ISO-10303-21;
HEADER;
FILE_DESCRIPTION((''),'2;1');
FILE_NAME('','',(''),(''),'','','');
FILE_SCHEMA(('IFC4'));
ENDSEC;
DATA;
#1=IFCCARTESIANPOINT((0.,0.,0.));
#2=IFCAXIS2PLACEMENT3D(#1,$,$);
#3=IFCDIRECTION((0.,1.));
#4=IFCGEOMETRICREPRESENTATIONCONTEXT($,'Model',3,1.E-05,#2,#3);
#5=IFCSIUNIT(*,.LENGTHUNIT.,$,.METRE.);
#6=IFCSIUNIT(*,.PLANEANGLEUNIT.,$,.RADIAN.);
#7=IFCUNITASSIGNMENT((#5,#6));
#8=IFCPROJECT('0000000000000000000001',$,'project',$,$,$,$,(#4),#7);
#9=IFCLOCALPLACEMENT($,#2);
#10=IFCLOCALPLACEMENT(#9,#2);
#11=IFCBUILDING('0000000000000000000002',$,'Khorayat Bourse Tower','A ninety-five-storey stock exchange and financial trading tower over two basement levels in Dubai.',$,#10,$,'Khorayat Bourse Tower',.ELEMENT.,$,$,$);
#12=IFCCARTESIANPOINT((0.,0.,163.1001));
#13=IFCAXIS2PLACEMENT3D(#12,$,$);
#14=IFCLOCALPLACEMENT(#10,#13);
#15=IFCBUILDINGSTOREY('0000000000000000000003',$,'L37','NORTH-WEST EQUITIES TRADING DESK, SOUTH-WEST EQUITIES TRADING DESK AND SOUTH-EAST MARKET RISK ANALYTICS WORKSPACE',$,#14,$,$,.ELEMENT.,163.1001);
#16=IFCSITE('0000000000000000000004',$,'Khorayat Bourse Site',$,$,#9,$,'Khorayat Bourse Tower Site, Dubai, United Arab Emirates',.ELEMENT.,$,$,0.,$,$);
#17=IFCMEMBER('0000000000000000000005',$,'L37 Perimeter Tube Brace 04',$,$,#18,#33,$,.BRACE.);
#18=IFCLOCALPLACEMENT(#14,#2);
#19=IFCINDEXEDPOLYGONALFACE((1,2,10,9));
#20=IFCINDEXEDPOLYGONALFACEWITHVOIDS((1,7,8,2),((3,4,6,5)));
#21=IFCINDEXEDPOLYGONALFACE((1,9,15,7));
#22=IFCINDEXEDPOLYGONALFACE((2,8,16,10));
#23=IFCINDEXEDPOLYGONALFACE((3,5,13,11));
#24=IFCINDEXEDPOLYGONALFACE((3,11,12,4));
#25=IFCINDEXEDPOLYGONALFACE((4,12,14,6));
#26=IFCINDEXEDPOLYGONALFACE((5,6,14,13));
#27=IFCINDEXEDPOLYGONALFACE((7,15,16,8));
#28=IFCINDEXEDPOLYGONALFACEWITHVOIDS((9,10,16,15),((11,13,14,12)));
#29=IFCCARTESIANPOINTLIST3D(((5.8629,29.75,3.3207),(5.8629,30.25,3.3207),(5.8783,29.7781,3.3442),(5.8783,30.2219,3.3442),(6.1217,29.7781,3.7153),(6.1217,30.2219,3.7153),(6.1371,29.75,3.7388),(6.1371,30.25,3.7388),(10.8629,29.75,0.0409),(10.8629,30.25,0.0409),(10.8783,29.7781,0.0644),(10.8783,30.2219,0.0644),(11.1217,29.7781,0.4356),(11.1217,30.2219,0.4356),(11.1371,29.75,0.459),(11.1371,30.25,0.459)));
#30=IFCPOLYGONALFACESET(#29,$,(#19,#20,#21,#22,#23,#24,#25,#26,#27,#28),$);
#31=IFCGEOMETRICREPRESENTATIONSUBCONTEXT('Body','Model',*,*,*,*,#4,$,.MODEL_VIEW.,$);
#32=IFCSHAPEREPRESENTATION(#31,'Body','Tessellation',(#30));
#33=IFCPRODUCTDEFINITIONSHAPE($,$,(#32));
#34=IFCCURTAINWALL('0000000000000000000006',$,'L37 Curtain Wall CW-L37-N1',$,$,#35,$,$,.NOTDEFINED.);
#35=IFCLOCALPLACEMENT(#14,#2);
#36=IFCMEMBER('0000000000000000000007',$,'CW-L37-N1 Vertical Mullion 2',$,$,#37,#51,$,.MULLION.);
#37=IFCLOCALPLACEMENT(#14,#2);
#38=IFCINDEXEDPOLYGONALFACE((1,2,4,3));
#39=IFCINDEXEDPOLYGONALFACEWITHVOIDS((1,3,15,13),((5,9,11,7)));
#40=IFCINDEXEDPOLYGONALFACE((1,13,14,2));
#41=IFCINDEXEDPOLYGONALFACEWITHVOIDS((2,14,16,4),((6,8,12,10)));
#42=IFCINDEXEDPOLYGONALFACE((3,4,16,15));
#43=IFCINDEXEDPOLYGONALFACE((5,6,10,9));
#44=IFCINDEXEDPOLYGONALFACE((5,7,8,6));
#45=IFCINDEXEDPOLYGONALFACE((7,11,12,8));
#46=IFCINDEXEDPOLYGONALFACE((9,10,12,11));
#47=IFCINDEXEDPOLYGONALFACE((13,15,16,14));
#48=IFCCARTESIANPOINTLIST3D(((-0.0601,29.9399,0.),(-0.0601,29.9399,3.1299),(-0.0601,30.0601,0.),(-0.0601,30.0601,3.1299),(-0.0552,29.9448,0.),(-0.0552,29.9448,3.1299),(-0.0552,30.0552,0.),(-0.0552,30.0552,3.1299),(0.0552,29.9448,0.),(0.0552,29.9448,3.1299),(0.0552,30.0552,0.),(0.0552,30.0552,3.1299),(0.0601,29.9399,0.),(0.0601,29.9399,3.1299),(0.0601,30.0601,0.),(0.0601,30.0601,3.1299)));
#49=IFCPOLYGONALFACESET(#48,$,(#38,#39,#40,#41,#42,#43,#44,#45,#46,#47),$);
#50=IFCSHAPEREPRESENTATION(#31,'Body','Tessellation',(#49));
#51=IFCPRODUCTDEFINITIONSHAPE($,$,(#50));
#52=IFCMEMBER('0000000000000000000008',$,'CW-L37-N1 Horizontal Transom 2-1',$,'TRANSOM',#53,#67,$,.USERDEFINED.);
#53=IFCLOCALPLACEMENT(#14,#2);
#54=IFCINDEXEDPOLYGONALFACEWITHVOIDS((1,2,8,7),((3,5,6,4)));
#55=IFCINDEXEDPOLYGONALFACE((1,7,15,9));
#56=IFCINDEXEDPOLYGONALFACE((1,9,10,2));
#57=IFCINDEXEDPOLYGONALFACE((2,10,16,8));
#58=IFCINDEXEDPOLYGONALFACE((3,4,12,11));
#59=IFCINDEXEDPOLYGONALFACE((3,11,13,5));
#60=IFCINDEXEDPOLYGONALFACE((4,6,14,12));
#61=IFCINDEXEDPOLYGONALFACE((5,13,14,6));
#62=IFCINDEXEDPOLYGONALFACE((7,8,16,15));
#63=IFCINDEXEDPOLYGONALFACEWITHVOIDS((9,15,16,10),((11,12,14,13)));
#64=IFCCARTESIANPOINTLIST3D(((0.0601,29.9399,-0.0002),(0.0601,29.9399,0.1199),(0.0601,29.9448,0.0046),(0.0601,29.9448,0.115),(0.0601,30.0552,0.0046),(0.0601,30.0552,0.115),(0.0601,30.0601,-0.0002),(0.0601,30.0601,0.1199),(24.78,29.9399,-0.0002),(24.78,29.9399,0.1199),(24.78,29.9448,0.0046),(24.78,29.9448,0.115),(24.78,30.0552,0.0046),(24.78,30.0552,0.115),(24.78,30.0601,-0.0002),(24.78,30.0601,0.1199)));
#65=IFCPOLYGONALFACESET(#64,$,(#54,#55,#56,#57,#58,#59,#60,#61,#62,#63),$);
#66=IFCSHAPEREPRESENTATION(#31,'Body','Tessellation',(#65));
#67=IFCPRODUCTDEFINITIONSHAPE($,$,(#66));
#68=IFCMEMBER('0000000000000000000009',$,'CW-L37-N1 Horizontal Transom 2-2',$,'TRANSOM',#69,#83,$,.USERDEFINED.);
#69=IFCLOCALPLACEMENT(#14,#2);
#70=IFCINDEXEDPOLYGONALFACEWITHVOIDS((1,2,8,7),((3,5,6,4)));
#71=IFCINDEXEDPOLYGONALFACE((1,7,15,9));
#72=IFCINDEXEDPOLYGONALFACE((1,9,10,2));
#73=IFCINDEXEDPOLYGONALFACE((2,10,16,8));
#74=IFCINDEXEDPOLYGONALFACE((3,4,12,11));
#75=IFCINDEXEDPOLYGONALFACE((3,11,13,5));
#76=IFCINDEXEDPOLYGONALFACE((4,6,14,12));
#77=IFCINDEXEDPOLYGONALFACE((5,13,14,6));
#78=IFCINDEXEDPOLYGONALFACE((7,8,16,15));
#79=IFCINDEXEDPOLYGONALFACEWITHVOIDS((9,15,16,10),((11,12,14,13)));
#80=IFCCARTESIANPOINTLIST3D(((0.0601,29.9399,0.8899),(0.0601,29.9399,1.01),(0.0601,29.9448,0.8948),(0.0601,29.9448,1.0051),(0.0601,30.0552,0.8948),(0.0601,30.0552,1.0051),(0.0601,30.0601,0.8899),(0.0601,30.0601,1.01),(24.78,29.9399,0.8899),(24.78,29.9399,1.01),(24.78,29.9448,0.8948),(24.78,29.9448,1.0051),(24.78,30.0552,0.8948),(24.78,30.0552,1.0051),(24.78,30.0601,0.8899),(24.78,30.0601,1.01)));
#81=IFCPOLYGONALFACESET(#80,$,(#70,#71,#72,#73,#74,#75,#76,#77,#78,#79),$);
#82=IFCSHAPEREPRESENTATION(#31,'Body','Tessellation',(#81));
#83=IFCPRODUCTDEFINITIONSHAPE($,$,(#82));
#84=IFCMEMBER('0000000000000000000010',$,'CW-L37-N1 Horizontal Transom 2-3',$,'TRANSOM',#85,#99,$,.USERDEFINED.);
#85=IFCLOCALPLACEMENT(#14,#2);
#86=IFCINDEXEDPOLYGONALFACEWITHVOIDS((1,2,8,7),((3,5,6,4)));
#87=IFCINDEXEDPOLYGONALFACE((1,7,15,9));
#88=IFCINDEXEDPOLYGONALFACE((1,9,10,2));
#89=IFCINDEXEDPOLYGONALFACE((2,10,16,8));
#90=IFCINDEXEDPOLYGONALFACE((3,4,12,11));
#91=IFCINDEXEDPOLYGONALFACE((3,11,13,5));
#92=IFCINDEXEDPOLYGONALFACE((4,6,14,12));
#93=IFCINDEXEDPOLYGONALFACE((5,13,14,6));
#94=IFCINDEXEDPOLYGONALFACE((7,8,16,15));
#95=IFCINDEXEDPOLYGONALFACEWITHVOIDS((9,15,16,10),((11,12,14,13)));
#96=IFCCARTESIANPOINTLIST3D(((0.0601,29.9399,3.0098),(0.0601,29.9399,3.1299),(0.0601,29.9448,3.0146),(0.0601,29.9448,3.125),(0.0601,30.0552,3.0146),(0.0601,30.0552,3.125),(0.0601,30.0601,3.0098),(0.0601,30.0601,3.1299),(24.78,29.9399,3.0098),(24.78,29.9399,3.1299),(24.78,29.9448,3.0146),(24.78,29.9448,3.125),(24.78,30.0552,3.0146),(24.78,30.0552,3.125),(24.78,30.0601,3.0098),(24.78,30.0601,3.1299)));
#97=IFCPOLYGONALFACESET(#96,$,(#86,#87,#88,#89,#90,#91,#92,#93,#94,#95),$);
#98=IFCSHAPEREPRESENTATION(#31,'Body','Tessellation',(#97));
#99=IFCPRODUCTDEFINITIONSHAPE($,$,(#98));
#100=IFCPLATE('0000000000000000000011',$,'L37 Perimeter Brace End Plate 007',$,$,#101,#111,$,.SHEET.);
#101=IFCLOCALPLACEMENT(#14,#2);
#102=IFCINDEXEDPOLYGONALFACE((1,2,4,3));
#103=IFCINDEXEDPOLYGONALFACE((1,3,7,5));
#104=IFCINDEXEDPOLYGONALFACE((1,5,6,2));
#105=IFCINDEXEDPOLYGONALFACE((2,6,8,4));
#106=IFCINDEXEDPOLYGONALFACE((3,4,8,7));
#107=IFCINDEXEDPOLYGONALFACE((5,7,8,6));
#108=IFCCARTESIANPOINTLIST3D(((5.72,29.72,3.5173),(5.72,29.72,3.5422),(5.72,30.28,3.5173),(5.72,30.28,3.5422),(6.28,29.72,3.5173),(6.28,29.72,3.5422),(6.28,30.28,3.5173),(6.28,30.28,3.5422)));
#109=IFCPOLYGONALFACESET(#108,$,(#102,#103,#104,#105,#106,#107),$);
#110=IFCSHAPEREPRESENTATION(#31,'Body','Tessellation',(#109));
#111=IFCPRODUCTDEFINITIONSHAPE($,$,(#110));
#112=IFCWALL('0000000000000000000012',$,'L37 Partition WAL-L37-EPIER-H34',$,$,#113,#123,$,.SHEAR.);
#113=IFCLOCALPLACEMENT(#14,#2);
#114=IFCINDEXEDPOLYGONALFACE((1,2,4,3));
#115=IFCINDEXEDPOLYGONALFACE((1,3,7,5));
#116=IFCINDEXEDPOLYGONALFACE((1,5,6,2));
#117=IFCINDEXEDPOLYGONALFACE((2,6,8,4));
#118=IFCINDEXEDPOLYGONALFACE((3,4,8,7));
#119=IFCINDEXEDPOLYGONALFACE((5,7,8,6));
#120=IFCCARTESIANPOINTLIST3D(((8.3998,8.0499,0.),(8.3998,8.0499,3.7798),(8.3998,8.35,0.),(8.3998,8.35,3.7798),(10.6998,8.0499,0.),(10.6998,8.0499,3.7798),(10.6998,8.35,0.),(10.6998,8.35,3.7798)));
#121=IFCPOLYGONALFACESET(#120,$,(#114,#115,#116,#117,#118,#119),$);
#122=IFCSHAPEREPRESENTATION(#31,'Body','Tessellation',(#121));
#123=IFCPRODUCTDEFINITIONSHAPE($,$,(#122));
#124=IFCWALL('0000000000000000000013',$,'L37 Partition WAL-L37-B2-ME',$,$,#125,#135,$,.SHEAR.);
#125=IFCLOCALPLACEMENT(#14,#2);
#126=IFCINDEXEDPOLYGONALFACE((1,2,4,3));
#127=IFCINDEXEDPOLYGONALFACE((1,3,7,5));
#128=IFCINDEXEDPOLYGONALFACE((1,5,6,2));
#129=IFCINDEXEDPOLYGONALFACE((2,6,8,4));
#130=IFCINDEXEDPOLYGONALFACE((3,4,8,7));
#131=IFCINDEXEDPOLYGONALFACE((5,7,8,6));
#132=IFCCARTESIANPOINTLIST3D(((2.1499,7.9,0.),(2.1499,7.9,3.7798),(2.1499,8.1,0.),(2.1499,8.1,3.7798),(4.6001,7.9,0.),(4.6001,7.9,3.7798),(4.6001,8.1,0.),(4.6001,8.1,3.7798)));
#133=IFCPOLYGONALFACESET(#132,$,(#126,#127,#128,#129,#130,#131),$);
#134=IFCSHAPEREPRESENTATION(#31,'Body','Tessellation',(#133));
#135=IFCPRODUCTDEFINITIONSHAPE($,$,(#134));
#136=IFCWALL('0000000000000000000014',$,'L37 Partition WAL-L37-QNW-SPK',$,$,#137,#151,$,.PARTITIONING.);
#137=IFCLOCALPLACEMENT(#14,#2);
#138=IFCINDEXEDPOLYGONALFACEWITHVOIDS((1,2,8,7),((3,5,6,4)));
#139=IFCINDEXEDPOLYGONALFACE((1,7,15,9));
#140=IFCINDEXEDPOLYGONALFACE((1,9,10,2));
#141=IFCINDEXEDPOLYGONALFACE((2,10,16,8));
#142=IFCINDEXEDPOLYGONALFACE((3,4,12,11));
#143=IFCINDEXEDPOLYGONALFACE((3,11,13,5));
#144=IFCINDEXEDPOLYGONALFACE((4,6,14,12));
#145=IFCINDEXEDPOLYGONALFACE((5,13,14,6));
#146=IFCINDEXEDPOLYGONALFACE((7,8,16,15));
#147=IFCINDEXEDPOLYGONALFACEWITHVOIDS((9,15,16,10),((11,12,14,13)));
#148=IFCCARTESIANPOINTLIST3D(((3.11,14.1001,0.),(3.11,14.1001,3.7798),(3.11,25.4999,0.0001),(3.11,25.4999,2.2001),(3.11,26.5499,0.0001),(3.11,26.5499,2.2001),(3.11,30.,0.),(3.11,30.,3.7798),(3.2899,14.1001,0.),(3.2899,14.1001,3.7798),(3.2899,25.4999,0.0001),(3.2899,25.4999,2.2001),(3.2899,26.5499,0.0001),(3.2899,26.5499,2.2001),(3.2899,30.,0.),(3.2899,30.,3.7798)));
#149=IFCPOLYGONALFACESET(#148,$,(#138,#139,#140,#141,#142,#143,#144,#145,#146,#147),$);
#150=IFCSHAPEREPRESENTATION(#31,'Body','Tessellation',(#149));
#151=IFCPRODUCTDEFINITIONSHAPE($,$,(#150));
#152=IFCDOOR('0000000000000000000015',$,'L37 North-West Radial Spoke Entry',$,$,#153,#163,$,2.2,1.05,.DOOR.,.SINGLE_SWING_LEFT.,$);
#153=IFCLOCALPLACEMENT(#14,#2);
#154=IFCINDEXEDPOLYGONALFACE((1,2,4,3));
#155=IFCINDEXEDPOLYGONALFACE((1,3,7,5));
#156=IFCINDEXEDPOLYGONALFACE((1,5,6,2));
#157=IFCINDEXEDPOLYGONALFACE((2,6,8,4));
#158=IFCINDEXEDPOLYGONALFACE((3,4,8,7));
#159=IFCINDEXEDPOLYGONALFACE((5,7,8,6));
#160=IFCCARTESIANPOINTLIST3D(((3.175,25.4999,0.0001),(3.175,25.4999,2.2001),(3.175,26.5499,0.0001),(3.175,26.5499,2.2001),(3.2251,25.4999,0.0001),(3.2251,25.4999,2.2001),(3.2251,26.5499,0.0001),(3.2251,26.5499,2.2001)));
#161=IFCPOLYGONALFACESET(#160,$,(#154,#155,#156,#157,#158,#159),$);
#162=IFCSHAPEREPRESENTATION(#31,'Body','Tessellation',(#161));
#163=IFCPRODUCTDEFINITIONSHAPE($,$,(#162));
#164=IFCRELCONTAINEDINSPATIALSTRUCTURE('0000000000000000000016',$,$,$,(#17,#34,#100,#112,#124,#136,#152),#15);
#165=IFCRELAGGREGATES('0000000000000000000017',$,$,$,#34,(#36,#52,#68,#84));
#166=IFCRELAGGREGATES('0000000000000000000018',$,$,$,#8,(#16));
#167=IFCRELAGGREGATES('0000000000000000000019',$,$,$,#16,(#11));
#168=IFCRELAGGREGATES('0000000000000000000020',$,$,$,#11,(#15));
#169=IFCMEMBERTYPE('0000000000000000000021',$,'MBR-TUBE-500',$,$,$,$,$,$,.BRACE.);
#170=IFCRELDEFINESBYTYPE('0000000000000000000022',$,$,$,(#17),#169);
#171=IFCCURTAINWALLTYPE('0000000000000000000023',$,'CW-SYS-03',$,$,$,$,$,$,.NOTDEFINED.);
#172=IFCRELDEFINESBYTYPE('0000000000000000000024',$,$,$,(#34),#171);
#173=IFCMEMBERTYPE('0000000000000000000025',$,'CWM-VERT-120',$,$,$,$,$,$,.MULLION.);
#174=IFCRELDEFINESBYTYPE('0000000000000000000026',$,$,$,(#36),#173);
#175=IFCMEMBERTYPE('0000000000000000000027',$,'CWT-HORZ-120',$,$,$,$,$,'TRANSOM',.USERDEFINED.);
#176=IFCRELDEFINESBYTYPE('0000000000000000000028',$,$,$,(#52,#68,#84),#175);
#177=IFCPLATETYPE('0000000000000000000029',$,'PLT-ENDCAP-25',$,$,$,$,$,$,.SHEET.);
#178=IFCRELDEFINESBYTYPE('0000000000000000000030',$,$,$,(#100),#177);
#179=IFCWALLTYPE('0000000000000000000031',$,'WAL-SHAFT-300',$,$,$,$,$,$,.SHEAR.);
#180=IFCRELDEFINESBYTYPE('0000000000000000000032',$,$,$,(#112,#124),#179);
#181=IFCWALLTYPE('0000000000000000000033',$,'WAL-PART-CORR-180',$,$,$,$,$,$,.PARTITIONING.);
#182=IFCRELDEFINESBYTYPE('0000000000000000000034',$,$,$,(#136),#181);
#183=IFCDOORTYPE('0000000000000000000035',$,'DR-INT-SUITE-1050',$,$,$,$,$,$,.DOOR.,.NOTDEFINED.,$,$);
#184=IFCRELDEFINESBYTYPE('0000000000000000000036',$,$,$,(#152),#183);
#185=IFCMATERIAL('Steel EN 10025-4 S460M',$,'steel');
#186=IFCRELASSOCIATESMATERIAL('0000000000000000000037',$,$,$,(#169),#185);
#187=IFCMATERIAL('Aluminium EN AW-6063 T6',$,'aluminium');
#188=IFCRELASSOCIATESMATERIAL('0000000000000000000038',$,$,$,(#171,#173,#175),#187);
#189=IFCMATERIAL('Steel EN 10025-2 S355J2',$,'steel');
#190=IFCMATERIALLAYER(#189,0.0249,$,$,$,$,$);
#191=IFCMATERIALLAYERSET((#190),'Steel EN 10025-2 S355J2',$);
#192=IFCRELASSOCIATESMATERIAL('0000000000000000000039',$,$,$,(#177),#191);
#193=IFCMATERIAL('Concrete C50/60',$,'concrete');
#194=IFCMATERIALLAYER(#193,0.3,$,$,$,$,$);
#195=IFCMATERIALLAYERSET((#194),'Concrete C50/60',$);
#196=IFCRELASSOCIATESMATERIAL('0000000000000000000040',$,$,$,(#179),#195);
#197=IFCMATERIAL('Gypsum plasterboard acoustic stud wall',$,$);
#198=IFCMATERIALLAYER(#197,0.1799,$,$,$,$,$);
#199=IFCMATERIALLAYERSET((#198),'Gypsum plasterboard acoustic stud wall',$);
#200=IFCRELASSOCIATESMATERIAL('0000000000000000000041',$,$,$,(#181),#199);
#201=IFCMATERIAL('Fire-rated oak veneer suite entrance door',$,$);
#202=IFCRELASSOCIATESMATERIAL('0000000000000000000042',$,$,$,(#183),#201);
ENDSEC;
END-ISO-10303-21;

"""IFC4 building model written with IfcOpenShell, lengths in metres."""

from ifc_helpers import new_model, si_unit, direction, frame, frame_2d, origin, origin_2d, place, context, subcontext, project, spatial, rectangle, hollow_rectangle, extrude, source, transform, mapped, material, layer, layer_set, material_profile, profile_set, type_object, element, fill, aggregate, save


model = new_model("IFC4")

# Units and contexts
model_context = context("Model", 3, precision=1e-05, world=origin(), true_north=direction((0.0, 1.0)))
body_context = subcontext(model_context, "Body", "Model", "MODEL_VIEW")
ifc_project = project(units=[si_unit("LENGTHUNIT", "METRE"), si_unit("PLANEANGLEUNIT", "RADIAN")], contexts=[model_context])

# Site, building, storey
site_placement = place(None, origin())
site = spatial("IfcSite", under=ifc_project, at=site_placement, Name="Khorayat Bourse Site", LongName="Khorayat Bourse Tower Site, Dubai, United Arab Emirates", CompositionType="ELEMENT", RefElevation=0.0)
building_placement = place(site_placement, origin())
building = spatial("IfcBuilding", under=site, at=building_placement, Name="Khorayat Bourse Tower", Description="A ninety-five-storey stock exchange and financial trading tower over two basement levels in Dubai.", LongName="Khorayat Bourse Tower", CompositionType="ELEMENT")
storey_placement = place(building_placement, frame((0.0, 0.0, 163.1001)))
storey = spatial("IfcBuildingStorey", under=building, at=storey_placement, Name="L37", Description="NORTH-WEST EQUITIES TRADING DESK, SOUTH-WEST EQUITIES TRADING DESK AND SOUTH-EAST MARKET RISK ANALYTICS WORKSPACE", CompositionType="ELEMENT", Elevation=163.1001)

# Shared definitions
ifc_material_1 = material(Name="Steel EN 10025-4 S460M", Category="steel")

# Member
ifc_material_profile_1 = material_profile(ifc_material_1, hollow_rectangle(XDim=0.5, YDim=0.5, WallThickness=0.0281, at=origin_2d()), Name="HSS 500x500x28")
ifc_profile_set_1 = profile_set([ifc_material_profile_1], Name="Steel EN 10025-4 S460M")
member_type_1 = type_object("IfcMemberType", Name="MBR-TUBE-500", PredefinedType="BRACE", material=ifc_profile_set_1)
shared_shape_1 = source(origin(), body_context, "Body", "SweptSolid", [
    extrude(hollow_rectangle(XDim=0.5, YDim=0.5, WallThickness=0.0281, at=origin_2d()), origin(), (0.0, 0.0, 1.0), 5.9797),
])
member_1_placement = place(storey_placement, frame((6.0, 30.0, 3.5298), z_axis=(0.83616, 0.0, -0.548485), x_axis=(0.0, 1.0, 0.0)))
element("IfcMember", 1, at=member_1_placement, inside=storey, type_object=member_type_1, Name="L37 Perimeter Tube Brace 04", PredefinedType="BRACE", context=body_context, shape_type="MappedRepresentation", body=[
    mapped(shared_shape_1, transform((0.0, 0.0, 0.0), scale=1.0)),
])

# Curtain wall, members
ifc_material_2 = material(Name="Aluminium EN AW-6063 T6", Category="aluminium")
curtain_wall_type = type_object("IfcCurtainWallType", Name="CW-SYS-03", PredefinedType="NOTDEFINED", material=ifc_material_2)
curtain_wall_placement = place(storey_placement, origin())
curtain_wall = element("IfcCurtainWall", 2, at=curtain_wall_placement, inside=storey, type_object=curtain_wall_type, Name="L37 Curtain Wall CW-L37-N1", PredefinedType="NOTDEFINED")
ifc_material_profile_2 = material_profile(ifc_material_2, hollow_rectangle(XDim=0.1201, YDim=0.1201, WallThickness=0.0049, at=origin_2d()), Name="ALU 120x120x5")
ifc_profile_set_2 = profile_set([ifc_material_profile_2], Name="Aluminium EN AW-6063 T6")
member_type_2 = type_object("IfcMemberType", Name="CWM-VERT-120", PredefinedType="MULLION", material=ifc_profile_set_2)
shared_shape_2 = source(origin(), body_context, "Body", "SweptSolid", [
    extrude(hollow_rectangle(XDim=0.1201, YDim=0.1201, WallThickness=0.0049, at=origin_2d()), origin(), (0.0, 0.0, 1.0), 3.1299),
])
member_2_placement = place(storey_placement, frame((0.0, 30.0, 0.0), z_axis=(0.0, 0.0, 1.0), x_axis=(0.0, 1.0, 0.0)))
member_2 = element("IfcMember", 3, at=member_2_placement, type_object=member_type_2, Name="CW-L37-N1 Vertical Mullion 2", PredefinedType="MULLION", context=body_context, shape_type="MappedRepresentation", body=[
    mapped(shared_shape_2, transform((0.0, 0.0, 0.0), scale=1.0)),
])
ifc_material_profile_3 = material_profile(ifc_material_2, hollow_rectangle(XDim=0.1201, YDim=0.1201, WallThickness=0.0049, at=origin_2d()), Name="ALU 120x120x5")
ifc_profile_set_3 = profile_set([ifc_material_profile_3], Name="Aluminium EN AW-6063 T6")
member_type_3 = type_object("IfcMemberType", Name="CWT-HORZ-120", ElementType="TRANSOM", PredefinedType="USERDEFINED", material=ifc_profile_set_3)
shared_shape_3 = source(origin(), body_context, "Body", "SweptSolid", [
    extrude(hollow_rectangle(XDim=0.1201, YDim=0.1201, WallThickness=0.0049, at=origin_2d()), origin(), (0.0, 0.0, 1.0), 24.72),
])
member_3_placement = place(storey_placement, frame((0.0601, 30.0, 0.0598), z_axis=(1.0, 0.0, 0.0), x_axis=(0.0, 1.0, 0.0)))
member_3 = element("IfcMember", 4, at=member_3_placement, type_object=member_type_3, Name="CW-L37-N1 Horizontal Transom 2-1", ObjectType="TRANSOM", PredefinedType="USERDEFINED", context=body_context, shape_type="MappedRepresentation", body=[
    mapped(shared_shape_3, transform((0.0, 0.0, 0.0), scale=1.0)),
])
member_4_placement = place(storey_placement, frame((0.0601, 30.0, 0.95), z_axis=(1.0, 0.0, 0.0), x_axis=(0.0, 1.0, 0.0)))
member_4 = element("IfcMember", 5, at=member_4_placement, type_object=member_type_3, Name="CW-L37-N1 Horizontal Transom 2-2", ObjectType="TRANSOM", PredefinedType="USERDEFINED", context=body_context, shape_type="MappedRepresentation", body=[
    mapped(shared_shape_3, transform((0.0, 0.0, 0.0), scale=1.0)),
])
member_5_placement = place(storey_placement, frame((0.0601, 30.0, 3.0698), z_axis=(1.0, 0.0, 0.0), x_axis=(0.0, 1.0, 0.0)))
member_5 = element("IfcMember", 6, at=member_5_placement, type_object=member_type_3, Name="CW-L37-N1 Horizontal Transom 2-3", ObjectType="TRANSOM", PredefinedType="USERDEFINED", context=body_context, shape_type="MappedRepresentation", body=[
    mapped(shared_shape_3, transform((0.0, 0.0, 0.0), scale=1.0)),
])
aggregate(curtain_wall, [member_2, member_3, member_4, member_5])

# Plate
ifc_material_3 = material(Name="Steel EN 10025-2 S355J2", Category="steel")
ifc_layer_1 = layer(ifc_material_3, 0.0249)
ifc_layer_set_1 = layer_set([ifc_layer_1], Name="Steel EN 10025-2 S355J2")
plate_type = type_object("IfcPlateType", Name="PLT-ENDCAP-25", PredefinedType="SHEET", material=ifc_layer_set_1)
shared_shape_4 = source(origin(), body_context, "Body", "SweptSolid", [
    extrude(rectangle(XDim=0.5601, YDim=0.5601, at=origin_2d()), origin(), (0.0, 0.0, 1.0), 0.0249),
])
plate_placement = place(storey_placement, frame((6.0, 30.0, 3.5173), z_axis=(0.0, 0.0, 1.0), x_axis=(1.0, 0.0, 0.0)))
element("IfcPlate", 7, at=plate_placement, inside=storey, type_object=plate_type, Name="L37 Perimeter Brace End Plate 007", PredefinedType="SHEET", context=body_context, shape_type="MappedRepresentation", body=[
    mapped(shared_shape_4, transform((0.0, 0.0, 0.0), scale=1.0)),
])

# Walls
ifc_material_4 = material(Name="Concrete C50/60", Category="concrete")
ifc_layer_2 = layer(ifc_material_4, 0.3)
ifc_layer_set_2 = layer_set([ifc_layer_2], Name="Concrete C50/60")
wall_type_1 = type_object("IfcWallType", Name="WAL-SHAFT-300", PredefinedType="SHEAR", material=ifc_layer_set_2)
shared_shape_5 = source(origin(), body_context, "Body", "SweptSolid", [
    extrude(rectangle(XDim=2.3, YDim=0.3, at=frame_2d((1.1499, 0.0))), origin(), (0.0, 0.0, 1.0), 3.7798),
])
wall_1_placement = place(storey_placement, frame((8.3999, 8.2, 0.0), z_axis=(0.0, 0.0, 1.0), x_axis=(1.0, 0.0, 0.0)))
element("IfcWall", 8, at=wall_1_placement, inside=storey, type_object=wall_type_1, Name="L37 Partition WAL-L37-EPIER-H34", PredefinedType="SHEAR", context=body_context, shape_type="MappedRepresentation", body=[
    mapped(shared_shape_5, transform((0.0, 0.0, 0.0), scale=1.0)),
])
shared_shape_6 = source(origin(), body_context, "Body", "SweptSolid", [
    extrude(rectangle(XDim=2.4502, YDim=0.2, at=frame_2d((1.2251, 0.0))), origin(), (0.0, 0.0, 1.0), 3.7798),
])
wall_2_placement = place(storey_placement, frame((2.1499, 8.0, 0.0), z_axis=(0.0, 0.0, 1.0), x_axis=(1.0, 0.0, 0.0)))
element("IfcWall", 9, at=wall_2_placement, inside=storey, type_object=wall_type_1, Name="L37 Partition WAL-L37-B2-ME", PredefinedType="SHEAR", context=body_context, shape_type="MappedRepresentation", body=[
    mapped(shared_shape_6, transform((0.0, 0.0, 0.0), scale=1.0)),
])

# Wall, opening, door
ifc_material_5 = material(Name="Gypsum plasterboard acoustic stud wall")
ifc_layer_3 = layer(ifc_material_5, 0.1799)
ifc_layer_set_3 = layer_set([ifc_layer_3], Name="Gypsum plasterboard acoustic stud wall")
wall_type_2 = type_object("IfcWallType", Name="WAL-PART-CORR-180", PredefinedType="PARTITIONING", material=ifc_layer_set_3)
shared_shape_7 = source(origin(), body_context, "Body", "SweptSolid", [
    extrude(rectangle(XDim=15.8999, YDim=0.1799, at=frame_2d((7.95, 0.0))), origin(), (0.0, 0.0, 1.0), 3.7798),
])
wall_3_placement = place(storey_placement, frame((3.2, 14.1001, 0.0), z_axis=(0.0, 0.0, 1.0), x_axis=(0.0, 1.0, 0.0)))
wall_3 = element("IfcWall", 10, at=wall_3_placement, inside=storey, type_object=wall_type_2, Name="L37 Partition WAL-L37-QNW-SPK", PredefinedType="PARTITIONING", context=body_context, shape_type="MappedRepresentation", body=[
    mapped(shared_shape_7, transform((0.0, 0.0, 0.0), scale=1.0)),
])
shared_shape_8 = source(origin(), body_context, "Body", "SweptSolid", [
    extrude(rectangle(XDim=1.05, YDim=2.2, at=frame_2d((0.5249, 1.1001))), frame((0.0, 0.0999, 0.0), z_axis=(0.0, -1.0, 0.0), x_axis=(1.0, 0.0, 0.0)), (0.0, 0.0, 1.0), 0.2),
])
opening_1_placement = place(wall_3_placement, frame((11.3999, 0.0, 0.0)))
opening_1 = element("IfcOpeningElement", 11, at=opening_1_placement, cuts=wall_3, PredefinedType="OPENING", context=body_context, shape_type="MappedRepresentation", body=[
    mapped(shared_shape_8, transform((0.0, 0.0, 0.0), scale=1.0)),
])
ifc_material_6 = material(Name="Fire-rated oak veneer suite entrance door")
door_type_1 = type_object("IfcDoorType", Name="DR-INT-SUITE-1050", OperationType="NOTDEFINED", PredefinedType="DOOR", material=ifc_material_6)
shared_shape_9 = source(origin(), body_context, "Body", "SweptSolid", [
    extrude(rectangle(XDim=1.05, YDim=2.2, at=frame_2d((0.5249, 1.1001))), frame((0.0, 0.0249, 0.0), z_axis=(0.0, -1.0, 0.0), x_axis=(1.0, 0.0, 0.0)), (0.0, 0.0, 1.0), 0.05),
])
door_1_placement = place(opening_1_placement, origin())
door_1 = element("IfcDoor", 12, at=door_1_placement, inside=storey, type_object=door_type_1, Name="L37 North-West Radial Spoke Entry", OperationType="SINGLE_SWING_LEFT", OverallHeight=2.2, OverallWidth=1.05, PredefinedType="DOOR", context=body_context, shape_type="MappedRepresentation", body=[
    mapped(shared_shape_9, transform((0.0, 0.0, 0.0), scale=1.0)),
])
fill(opening_1, door_1)

save(model, "model.ifc")
